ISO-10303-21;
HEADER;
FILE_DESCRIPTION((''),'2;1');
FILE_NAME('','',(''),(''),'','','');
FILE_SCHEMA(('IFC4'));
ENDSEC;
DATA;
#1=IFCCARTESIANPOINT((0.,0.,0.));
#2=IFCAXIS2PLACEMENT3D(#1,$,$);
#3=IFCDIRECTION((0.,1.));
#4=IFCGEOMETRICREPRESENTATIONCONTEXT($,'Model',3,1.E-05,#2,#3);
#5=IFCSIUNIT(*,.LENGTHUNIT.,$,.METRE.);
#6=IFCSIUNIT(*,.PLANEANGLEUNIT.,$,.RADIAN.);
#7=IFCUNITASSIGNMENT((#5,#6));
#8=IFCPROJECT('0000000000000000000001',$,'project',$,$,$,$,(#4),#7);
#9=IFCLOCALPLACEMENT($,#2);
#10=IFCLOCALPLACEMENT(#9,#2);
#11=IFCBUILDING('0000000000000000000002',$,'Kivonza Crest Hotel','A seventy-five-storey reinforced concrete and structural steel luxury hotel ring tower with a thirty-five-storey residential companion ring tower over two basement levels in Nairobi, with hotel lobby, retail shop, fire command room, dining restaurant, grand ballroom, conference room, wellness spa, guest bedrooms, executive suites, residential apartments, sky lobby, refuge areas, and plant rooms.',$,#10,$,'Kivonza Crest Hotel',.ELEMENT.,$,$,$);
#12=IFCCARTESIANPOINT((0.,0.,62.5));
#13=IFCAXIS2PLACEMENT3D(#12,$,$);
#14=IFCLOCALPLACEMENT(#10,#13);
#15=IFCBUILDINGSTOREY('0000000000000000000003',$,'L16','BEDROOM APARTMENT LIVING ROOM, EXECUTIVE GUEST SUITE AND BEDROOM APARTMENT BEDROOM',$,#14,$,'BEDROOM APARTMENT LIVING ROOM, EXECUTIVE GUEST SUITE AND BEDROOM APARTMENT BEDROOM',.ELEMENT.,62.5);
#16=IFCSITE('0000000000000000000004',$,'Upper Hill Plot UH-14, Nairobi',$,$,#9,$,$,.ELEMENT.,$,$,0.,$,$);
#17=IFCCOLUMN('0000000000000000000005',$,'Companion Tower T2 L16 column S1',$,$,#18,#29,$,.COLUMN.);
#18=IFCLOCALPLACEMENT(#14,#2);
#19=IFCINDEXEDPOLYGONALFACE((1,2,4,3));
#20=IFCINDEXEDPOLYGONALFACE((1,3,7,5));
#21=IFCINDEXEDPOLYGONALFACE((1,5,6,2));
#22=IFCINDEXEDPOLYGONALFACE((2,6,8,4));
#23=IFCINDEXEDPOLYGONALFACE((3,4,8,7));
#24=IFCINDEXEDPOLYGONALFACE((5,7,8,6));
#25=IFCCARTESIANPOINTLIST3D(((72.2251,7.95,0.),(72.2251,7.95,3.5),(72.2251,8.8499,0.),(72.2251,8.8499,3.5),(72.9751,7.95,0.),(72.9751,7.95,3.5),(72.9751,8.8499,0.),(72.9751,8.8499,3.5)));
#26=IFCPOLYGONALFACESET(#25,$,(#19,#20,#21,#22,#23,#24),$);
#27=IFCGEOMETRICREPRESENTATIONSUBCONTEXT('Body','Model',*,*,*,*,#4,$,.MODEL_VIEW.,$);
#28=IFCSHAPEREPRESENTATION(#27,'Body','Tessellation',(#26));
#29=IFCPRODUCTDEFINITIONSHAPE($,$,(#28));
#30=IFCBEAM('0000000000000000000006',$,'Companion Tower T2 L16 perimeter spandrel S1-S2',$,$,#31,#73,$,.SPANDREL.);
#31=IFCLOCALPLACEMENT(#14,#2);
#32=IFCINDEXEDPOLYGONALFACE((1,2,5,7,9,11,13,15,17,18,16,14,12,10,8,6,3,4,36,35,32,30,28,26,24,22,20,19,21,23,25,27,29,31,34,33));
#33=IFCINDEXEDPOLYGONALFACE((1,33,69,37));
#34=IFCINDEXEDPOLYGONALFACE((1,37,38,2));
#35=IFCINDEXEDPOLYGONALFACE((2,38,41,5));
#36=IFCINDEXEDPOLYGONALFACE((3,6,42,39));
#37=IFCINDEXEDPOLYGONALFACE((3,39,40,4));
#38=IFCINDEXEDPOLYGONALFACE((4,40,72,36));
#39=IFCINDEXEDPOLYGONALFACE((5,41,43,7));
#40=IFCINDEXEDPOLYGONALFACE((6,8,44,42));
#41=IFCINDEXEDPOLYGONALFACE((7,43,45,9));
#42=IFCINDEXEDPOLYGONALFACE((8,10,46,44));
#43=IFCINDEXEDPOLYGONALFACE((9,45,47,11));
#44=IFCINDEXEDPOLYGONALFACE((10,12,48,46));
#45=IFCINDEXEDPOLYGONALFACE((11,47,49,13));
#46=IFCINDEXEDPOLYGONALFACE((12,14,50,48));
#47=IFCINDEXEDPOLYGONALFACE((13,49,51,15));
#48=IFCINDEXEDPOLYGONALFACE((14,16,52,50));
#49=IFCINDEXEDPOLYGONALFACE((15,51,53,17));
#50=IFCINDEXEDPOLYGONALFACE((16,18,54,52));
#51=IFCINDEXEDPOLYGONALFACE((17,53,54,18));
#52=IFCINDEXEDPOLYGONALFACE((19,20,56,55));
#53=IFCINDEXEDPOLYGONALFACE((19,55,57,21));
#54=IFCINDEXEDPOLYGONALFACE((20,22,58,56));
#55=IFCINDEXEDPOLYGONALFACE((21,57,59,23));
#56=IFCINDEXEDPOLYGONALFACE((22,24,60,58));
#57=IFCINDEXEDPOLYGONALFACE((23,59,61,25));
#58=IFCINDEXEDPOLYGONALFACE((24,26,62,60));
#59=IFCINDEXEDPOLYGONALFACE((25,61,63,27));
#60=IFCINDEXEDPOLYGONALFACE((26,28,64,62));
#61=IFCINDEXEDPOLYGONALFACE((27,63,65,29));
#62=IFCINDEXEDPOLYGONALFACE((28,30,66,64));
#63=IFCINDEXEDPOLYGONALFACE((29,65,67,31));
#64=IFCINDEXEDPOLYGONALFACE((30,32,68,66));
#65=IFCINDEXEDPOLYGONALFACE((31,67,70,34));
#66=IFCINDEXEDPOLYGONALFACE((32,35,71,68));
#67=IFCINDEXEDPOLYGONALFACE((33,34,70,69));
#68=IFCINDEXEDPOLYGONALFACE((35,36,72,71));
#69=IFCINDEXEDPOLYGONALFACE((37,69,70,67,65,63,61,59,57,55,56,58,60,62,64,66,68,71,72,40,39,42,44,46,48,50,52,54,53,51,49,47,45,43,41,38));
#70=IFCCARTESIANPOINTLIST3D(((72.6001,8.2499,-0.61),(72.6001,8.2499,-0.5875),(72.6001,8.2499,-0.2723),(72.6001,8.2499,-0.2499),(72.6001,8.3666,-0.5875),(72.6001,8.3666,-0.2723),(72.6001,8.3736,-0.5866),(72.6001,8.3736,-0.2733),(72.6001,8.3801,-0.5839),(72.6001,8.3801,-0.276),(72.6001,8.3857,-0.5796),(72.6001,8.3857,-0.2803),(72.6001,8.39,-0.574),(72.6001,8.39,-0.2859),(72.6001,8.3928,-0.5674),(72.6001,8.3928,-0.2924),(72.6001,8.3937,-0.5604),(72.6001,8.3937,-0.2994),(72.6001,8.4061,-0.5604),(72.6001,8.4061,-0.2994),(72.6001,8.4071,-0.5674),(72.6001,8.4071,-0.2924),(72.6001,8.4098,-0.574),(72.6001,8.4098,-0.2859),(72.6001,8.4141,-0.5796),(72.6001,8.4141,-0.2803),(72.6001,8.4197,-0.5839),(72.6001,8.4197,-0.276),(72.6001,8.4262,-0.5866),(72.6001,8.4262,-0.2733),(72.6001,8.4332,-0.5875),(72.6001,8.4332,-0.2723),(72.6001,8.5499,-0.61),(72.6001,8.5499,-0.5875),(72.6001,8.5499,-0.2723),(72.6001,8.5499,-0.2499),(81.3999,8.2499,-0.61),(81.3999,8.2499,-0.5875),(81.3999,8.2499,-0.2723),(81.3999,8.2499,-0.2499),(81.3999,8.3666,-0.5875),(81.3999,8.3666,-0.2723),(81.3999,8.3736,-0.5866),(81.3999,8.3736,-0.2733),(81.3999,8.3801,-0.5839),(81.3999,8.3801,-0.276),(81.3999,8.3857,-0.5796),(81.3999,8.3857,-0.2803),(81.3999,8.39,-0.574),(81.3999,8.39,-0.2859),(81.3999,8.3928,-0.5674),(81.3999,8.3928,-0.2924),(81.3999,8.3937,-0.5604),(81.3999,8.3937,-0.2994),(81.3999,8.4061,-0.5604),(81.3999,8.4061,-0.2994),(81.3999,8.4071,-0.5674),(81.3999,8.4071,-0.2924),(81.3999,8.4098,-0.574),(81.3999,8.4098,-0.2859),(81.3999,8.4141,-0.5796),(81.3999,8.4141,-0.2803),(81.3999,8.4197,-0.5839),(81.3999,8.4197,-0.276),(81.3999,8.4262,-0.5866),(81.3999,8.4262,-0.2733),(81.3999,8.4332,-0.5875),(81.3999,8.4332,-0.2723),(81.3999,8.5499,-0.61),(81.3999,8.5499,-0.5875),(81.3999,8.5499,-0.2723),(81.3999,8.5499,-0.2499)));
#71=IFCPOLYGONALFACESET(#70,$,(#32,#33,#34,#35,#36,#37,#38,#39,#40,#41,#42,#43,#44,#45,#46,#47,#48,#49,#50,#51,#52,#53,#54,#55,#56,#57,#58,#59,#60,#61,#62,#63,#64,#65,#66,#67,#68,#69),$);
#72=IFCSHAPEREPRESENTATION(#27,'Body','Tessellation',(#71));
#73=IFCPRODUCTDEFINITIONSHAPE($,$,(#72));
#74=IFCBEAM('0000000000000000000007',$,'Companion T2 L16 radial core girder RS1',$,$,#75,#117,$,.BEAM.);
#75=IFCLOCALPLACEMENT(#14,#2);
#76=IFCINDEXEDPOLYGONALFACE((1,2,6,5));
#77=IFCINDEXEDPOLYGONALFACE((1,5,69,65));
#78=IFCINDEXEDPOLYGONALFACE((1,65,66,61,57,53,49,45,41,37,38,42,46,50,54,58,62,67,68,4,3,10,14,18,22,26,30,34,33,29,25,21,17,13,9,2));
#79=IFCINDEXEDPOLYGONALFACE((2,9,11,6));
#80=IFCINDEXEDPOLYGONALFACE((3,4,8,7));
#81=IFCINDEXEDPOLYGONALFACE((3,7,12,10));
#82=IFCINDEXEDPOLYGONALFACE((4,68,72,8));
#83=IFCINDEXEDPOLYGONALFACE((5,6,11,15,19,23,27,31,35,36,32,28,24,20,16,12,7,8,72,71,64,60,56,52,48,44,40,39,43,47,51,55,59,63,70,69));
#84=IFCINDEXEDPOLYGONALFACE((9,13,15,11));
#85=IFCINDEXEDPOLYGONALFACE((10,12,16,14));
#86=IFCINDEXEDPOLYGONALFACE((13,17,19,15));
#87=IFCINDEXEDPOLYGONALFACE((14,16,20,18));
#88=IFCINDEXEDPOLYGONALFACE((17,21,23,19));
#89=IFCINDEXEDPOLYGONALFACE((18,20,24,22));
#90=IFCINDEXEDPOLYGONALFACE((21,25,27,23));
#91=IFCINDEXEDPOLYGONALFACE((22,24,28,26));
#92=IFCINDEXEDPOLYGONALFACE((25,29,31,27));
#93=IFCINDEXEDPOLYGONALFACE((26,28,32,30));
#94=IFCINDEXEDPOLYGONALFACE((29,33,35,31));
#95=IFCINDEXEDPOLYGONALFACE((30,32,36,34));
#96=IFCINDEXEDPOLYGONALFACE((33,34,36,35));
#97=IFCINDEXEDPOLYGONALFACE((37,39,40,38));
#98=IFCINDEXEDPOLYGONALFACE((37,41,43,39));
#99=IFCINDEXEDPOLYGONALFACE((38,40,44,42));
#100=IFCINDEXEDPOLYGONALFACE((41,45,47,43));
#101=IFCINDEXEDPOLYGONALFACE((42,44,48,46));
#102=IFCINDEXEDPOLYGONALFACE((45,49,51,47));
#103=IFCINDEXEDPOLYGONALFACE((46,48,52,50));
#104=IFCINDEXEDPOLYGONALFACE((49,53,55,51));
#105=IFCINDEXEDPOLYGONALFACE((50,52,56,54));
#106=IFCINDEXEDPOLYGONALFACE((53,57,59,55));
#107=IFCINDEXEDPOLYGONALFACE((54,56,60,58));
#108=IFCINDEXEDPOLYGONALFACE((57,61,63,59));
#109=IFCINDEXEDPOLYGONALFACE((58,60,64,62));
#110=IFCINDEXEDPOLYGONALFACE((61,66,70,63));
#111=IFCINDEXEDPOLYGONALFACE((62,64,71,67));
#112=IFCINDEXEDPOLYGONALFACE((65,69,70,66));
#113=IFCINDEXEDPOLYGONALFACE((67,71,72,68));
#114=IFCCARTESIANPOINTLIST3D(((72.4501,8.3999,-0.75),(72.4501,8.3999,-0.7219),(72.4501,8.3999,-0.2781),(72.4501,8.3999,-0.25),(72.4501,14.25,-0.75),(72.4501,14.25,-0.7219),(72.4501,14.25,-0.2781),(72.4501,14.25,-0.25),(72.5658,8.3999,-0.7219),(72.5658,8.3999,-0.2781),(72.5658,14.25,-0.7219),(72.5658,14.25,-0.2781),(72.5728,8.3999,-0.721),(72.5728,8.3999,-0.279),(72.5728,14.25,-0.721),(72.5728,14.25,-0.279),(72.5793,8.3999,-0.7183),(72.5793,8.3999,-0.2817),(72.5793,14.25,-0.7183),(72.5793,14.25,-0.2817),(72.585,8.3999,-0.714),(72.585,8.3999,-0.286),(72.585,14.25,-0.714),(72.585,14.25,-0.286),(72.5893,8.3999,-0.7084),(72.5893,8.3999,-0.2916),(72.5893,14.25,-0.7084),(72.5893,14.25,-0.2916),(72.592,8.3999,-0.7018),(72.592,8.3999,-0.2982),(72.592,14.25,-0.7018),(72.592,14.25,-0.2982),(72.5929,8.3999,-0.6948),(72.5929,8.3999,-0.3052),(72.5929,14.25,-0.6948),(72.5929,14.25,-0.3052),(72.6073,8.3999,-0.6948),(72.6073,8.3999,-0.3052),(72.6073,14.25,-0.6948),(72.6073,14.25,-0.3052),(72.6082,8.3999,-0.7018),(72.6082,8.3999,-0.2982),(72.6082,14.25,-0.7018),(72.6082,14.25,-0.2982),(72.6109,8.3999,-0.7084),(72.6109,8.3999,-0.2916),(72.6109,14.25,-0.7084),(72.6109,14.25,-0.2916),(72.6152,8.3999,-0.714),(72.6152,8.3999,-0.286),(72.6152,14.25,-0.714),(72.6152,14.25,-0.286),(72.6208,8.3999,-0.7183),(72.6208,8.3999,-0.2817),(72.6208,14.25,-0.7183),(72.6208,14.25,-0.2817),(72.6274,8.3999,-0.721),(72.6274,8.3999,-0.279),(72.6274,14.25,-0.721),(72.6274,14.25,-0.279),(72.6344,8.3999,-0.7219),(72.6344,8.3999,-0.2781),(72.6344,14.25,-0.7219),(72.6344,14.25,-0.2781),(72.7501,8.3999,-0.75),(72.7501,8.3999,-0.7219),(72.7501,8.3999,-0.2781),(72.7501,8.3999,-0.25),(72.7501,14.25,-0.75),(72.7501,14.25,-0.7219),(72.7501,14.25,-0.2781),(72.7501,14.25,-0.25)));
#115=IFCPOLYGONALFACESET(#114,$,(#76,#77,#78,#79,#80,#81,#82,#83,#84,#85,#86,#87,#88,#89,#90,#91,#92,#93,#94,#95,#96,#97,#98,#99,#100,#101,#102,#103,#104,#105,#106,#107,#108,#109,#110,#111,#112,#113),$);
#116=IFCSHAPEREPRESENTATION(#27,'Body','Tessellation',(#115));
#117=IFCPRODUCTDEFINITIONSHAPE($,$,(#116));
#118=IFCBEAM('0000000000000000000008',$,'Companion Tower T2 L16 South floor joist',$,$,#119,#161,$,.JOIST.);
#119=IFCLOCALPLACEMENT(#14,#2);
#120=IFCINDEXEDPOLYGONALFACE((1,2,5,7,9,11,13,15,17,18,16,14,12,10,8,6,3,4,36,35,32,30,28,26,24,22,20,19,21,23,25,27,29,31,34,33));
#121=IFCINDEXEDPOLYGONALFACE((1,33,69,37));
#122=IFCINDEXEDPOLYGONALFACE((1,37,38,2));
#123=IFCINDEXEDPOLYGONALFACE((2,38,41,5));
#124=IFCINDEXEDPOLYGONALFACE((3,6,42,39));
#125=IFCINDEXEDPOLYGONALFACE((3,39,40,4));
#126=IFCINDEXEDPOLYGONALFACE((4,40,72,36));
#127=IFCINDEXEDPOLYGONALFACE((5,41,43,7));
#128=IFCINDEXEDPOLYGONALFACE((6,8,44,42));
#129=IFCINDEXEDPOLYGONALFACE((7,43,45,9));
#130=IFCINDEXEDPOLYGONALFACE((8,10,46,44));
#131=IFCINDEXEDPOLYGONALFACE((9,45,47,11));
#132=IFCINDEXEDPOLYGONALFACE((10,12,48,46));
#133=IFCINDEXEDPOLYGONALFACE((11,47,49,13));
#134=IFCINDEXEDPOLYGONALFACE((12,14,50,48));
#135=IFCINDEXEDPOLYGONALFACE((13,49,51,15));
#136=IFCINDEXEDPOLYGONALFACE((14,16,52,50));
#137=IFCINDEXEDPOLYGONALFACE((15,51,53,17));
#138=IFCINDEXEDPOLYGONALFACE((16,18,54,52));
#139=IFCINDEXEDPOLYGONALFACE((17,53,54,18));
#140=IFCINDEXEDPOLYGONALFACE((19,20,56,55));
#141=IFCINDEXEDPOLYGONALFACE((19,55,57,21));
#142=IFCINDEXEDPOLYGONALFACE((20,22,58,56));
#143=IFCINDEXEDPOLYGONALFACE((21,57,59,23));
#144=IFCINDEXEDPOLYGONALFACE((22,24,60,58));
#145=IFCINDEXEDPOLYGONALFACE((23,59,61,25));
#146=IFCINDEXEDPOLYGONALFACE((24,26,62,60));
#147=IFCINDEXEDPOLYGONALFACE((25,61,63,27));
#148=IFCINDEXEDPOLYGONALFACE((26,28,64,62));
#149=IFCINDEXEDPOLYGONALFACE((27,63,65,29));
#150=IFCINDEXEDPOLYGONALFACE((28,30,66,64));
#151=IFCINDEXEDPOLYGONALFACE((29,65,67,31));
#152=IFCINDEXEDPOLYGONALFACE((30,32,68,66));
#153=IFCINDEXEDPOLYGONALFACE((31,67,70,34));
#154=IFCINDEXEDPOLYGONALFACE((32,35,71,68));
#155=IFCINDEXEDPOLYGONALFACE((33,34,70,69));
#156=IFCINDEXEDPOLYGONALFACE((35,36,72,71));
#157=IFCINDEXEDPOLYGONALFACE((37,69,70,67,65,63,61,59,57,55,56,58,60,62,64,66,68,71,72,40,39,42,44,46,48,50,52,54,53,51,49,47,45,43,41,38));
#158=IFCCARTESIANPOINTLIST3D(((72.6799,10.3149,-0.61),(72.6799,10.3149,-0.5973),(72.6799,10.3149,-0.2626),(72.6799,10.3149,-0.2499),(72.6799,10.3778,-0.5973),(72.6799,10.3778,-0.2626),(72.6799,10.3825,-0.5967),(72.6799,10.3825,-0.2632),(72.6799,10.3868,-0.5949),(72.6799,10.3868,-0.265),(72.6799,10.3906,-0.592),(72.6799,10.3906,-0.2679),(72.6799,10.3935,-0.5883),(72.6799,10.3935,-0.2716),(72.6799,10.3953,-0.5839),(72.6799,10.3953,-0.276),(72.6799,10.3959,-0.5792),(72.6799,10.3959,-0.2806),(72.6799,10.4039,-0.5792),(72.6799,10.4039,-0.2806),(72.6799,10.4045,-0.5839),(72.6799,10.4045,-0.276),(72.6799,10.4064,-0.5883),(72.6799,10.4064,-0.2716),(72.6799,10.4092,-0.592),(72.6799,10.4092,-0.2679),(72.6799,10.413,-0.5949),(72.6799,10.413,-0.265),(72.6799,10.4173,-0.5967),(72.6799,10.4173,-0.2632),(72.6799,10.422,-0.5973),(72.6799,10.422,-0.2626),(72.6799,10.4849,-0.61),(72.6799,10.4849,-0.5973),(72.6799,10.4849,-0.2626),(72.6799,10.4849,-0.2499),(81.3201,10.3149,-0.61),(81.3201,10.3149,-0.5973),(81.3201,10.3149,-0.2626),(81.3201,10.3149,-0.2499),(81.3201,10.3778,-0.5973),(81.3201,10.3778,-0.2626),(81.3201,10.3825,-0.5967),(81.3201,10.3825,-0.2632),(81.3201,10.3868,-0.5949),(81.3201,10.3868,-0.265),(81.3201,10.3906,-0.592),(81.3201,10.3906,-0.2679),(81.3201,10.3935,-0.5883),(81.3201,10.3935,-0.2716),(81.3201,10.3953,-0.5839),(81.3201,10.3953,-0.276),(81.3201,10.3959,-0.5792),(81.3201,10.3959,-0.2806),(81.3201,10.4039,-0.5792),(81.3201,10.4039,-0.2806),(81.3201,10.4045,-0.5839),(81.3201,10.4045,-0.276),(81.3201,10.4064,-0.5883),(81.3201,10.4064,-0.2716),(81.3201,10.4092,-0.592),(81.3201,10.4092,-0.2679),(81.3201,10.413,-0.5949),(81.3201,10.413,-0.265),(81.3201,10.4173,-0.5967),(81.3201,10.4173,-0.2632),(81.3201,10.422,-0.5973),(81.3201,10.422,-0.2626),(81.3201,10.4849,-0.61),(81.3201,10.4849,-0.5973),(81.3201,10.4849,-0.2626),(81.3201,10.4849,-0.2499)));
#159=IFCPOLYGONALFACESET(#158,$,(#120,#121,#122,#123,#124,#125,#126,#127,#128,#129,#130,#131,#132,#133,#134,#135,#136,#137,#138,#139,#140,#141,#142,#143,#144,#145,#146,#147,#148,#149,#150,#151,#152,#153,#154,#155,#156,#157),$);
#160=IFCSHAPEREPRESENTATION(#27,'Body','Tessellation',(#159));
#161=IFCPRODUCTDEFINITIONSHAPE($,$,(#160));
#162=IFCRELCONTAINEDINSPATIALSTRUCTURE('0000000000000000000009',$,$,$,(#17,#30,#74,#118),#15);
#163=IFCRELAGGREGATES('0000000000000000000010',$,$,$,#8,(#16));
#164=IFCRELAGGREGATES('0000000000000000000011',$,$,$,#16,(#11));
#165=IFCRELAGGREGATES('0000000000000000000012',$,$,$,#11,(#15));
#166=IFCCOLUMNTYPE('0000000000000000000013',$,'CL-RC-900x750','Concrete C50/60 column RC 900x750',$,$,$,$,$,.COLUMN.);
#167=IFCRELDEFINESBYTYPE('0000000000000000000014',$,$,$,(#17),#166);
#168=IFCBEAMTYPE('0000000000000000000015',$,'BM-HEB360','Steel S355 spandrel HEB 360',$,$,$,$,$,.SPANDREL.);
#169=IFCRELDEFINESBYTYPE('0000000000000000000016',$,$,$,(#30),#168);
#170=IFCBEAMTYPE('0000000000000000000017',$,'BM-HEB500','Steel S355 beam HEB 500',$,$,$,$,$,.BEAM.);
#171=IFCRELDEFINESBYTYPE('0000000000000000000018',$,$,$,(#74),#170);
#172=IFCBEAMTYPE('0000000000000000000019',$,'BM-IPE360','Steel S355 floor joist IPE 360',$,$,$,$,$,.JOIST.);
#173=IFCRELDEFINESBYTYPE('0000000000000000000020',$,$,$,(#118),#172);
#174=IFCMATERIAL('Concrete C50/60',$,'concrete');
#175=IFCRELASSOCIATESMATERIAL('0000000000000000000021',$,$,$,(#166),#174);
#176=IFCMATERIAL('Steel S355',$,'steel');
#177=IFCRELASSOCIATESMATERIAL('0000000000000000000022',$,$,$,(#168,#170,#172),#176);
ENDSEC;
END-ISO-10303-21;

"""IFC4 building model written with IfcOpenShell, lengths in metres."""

from ifc_helpers import new_model, si_unit, direction, frame, origin, origin_2d, place, context, subcontext, project, spatial, rectangle, i_section, extrude, material, material_profile, profile_set, type_object, element, save


model = new_model("IFC4")

# Units and contexts
model_context = context("Model", 3, precision=1e-05, world=origin(), true_north=direction((0.0, 1.0)))
body_context = subcontext(model_context, "Body", "Model", "MODEL_VIEW")
ifc_project = project(units=[si_unit("LENGTHUNIT", "METRE"), si_unit("PLANEANGLEUNIT", "RADIAN")], contexts=[model_context])

# Site, building, storey
site_placement = place(None, origin())
site = spatial("IfcSite", under=ifc_project, at=site_placement, Name="Upper Hill Plot UH-14, Nairobi", CompositionType="ELEMENT", RefElevation=0.0)
building_placement = place(site_placement, origin())
building = spatial("IfcBuilding", under=site, at=building_placement, Name="Kivonza Crest Hotel", Description="A seventy-five-storey reinforced concrete and structural steel luxury hotel ring tower with a thirty-five-storey residential companion ring tower over two basement levels in Nairobi, with hotel lobby, retail shop, fire command room, dining restaurant, grand ballroom, conference room, wellness spa, guest bedrooms, executive suites, residential apartments, sky lobby, refuge areas, and plant rooms.", LongName="Kivonza Crest Hotel", CompositionType="ELEMENT")
storey_placement = place(building_placement, frame((0.0, 0.0, 62.5)))
storey = spatial("IfcBuildingStorey", under=building, at=storey_placement, Name="L16", Description="BEDROOM APARTMENT LIVING ROOM, EXECUTIVE GUEST SUITE AND BEDROOM APARTMENT BEDROOM", LongName="BEDROOM APARTMENT LIVING ROOM, EXECUTIVE GUEST SUITE AND BEDROOM APARTMENT BEDROOM", CompositionType="ELEMENT", Elevation=62.5)

# Column
ifc_material_1 = material(Name="Concrete C50/60", Category="concrete")
ifc_material_profile_1 = material_profile(ifc_material_1, rectangle(XDim=0.75, YDim=0.8999, at=origin_2d()), Name="RC 900x750")
ifc_profile_set_1 = profile_set([ifc_material_profile_1], Name="Concrete C50/60")
column_type = type_object("IfcColumnType", Name="CL-RC-900x750", Description="Concrete C50/60 column RC 900x750", PredefinedType="COLUMN", material=ifc_profile_set_1)
column_placement = place(storey_placement, frame((72.6001, 8.3999, 0.0), z_axis=(0.0, 0.0, 1.0), x_axis=(1.0, 0.0, 0.0)))
element("IfcColumn", 1, at=column_placement, inside=storey, type_object=column_type, Name="Companion Tower T2 L16 column S1", PredefinedType="COLUMN", context=body_context, shape_type="SweptSolid", body=[
    extrude(rectangle(XDim=0.75, YDim=0.8999, at=origin_2d()), origin(), (0.0, 0.0, 1.0), 3.5),
])

# Beams
ifc_material_2 = material(Name="Steel S355", Category="steel")
ifc_material_profile_2 = material_profile(ifc_material_2, i_section(OverallWidth=0.3, OverallDepth=0.3601, WebThickness=0.0125, FlangeThickness=0.0225, FilletRadius=0.0271, at=origin_2d()), Name="HEB 360")
ifc_profile_set_2 = profile_set([ifc_material_profile_2], Name="Steel S355")
beam_type_1 = type_object("IfcBeamType", Name="BM-HEB360", Description="Steel S355 spandrel HEB 360", PredefinedType="SPANDREL", material=ifc_profile_set_2)
beam_1_placement = place(storey_placement, frame((72.6001, 8.3999, -0.4299), z_axis=(1.0, 0.0, 0.0), x_axis=(0.0, 1.0, 0.0)))
element("IfcBeam", 2, at=beam_1_placement, inside=storey, type_object=beam_type_1, Name="Companion Tower T2 L16 perimeter spandrel S1-S2", PredefinedType="SPANDREL", context=body_context, shape_type="SweptSolid", body=[
    extrude(i_section(OverallWidth=0.3, OverallDepth=0.3601, WebThickness=0.0125, FlangeThickness=0.0225, FilletRadius=0.0271, at=origin_2d()), origin(), (0.0, 0.0, 1.0), 8.7998),
])
ifc_material_profile_3 = material_profile(ifc_material_2, i_section(OverallWidth=0.3, OverallDepth=0.5, WebThickness=0.0144, FlangeThickness=0.0281, FilletRadius=0.0271, at=origin_2d()), Name="HEB 500")
ifc_profile_set_3 = profile_set([ifc_material_profile_3], Name="Steel S355")
beam_type_2 = type_object("IfcBeamType", Name="BM-HEB500", Description="Steel S355 beam HEB 500", PredefinedType="BEAM", material=ifc_profile_set_3)
beam_2_placement = place(storey_placement, frame((72.6001, 8.3999, -0.5), z_axis=(0.0, 1.0, 0.0), x_axis=(-1.0, 0.0, 0.0)))
element("IfcBeam", 3, at=beam_2_placement, inside=storey, type_object=beam_type_2, Name="Companion T2 L16 radial core girder RS1", PredefinedType="BEAM", context=body_context, shape_type="SweptSolid", body=[
    extrude(i_section(OverallWidth=0.3, OverallDepth=0.5, WebThickness=0.0144, FlangeThickness=0.0281, FilletRadius=0.0271, at=origin_2d()), origin(), (0.0, 0.0, 1.0), 5.8501),
])
ifc_material_profile_4 = material_profile(ifc_material_2, i_section(OverallWidth=0.1699, OverallDepth=0.3601, WebThickness=0.0081, FlangeThickness=0.0127, FilletRadius=0.0181, at=origin_2d()), Name="IPE 360")
ifc_profile_set_4 = profile_set([ifc_material_profile_4], Name="Steel S355")
beam_type_3 = type_object("IfcBeamType", Name="BM-IPE360", Description="Steel S355 floor joist IPE 360", PredefinedType="JOIST", material=ifc_profile_set_4)
beam_3_placement = place(storey_placement, frame((72.6799, 10.3999, -0.4299), z_axis=(1.0, 0.0, 0.0), x_axis=(0.0, 1.0, 0.0)))
element("IfcBeam", 4, at=beam_3_placement, inside=storey, type_object=beam_type_3, Name="Companion Tower T2 L16 South floor joist", PredefinedType="JOIST", context=body_context, shape_type="SweptSolid", body=[
    extrude(i_section(OverallWidth=0.1699, OverallDepth=0.3601, WebThickness=0.0081, FlangeThickness=0.0127, FilletRadius=0.0181, at=origin_2d()), origin(), (0.0, 0.0, 1.0), 8.6401),
])

save(model, "model.ifc")
